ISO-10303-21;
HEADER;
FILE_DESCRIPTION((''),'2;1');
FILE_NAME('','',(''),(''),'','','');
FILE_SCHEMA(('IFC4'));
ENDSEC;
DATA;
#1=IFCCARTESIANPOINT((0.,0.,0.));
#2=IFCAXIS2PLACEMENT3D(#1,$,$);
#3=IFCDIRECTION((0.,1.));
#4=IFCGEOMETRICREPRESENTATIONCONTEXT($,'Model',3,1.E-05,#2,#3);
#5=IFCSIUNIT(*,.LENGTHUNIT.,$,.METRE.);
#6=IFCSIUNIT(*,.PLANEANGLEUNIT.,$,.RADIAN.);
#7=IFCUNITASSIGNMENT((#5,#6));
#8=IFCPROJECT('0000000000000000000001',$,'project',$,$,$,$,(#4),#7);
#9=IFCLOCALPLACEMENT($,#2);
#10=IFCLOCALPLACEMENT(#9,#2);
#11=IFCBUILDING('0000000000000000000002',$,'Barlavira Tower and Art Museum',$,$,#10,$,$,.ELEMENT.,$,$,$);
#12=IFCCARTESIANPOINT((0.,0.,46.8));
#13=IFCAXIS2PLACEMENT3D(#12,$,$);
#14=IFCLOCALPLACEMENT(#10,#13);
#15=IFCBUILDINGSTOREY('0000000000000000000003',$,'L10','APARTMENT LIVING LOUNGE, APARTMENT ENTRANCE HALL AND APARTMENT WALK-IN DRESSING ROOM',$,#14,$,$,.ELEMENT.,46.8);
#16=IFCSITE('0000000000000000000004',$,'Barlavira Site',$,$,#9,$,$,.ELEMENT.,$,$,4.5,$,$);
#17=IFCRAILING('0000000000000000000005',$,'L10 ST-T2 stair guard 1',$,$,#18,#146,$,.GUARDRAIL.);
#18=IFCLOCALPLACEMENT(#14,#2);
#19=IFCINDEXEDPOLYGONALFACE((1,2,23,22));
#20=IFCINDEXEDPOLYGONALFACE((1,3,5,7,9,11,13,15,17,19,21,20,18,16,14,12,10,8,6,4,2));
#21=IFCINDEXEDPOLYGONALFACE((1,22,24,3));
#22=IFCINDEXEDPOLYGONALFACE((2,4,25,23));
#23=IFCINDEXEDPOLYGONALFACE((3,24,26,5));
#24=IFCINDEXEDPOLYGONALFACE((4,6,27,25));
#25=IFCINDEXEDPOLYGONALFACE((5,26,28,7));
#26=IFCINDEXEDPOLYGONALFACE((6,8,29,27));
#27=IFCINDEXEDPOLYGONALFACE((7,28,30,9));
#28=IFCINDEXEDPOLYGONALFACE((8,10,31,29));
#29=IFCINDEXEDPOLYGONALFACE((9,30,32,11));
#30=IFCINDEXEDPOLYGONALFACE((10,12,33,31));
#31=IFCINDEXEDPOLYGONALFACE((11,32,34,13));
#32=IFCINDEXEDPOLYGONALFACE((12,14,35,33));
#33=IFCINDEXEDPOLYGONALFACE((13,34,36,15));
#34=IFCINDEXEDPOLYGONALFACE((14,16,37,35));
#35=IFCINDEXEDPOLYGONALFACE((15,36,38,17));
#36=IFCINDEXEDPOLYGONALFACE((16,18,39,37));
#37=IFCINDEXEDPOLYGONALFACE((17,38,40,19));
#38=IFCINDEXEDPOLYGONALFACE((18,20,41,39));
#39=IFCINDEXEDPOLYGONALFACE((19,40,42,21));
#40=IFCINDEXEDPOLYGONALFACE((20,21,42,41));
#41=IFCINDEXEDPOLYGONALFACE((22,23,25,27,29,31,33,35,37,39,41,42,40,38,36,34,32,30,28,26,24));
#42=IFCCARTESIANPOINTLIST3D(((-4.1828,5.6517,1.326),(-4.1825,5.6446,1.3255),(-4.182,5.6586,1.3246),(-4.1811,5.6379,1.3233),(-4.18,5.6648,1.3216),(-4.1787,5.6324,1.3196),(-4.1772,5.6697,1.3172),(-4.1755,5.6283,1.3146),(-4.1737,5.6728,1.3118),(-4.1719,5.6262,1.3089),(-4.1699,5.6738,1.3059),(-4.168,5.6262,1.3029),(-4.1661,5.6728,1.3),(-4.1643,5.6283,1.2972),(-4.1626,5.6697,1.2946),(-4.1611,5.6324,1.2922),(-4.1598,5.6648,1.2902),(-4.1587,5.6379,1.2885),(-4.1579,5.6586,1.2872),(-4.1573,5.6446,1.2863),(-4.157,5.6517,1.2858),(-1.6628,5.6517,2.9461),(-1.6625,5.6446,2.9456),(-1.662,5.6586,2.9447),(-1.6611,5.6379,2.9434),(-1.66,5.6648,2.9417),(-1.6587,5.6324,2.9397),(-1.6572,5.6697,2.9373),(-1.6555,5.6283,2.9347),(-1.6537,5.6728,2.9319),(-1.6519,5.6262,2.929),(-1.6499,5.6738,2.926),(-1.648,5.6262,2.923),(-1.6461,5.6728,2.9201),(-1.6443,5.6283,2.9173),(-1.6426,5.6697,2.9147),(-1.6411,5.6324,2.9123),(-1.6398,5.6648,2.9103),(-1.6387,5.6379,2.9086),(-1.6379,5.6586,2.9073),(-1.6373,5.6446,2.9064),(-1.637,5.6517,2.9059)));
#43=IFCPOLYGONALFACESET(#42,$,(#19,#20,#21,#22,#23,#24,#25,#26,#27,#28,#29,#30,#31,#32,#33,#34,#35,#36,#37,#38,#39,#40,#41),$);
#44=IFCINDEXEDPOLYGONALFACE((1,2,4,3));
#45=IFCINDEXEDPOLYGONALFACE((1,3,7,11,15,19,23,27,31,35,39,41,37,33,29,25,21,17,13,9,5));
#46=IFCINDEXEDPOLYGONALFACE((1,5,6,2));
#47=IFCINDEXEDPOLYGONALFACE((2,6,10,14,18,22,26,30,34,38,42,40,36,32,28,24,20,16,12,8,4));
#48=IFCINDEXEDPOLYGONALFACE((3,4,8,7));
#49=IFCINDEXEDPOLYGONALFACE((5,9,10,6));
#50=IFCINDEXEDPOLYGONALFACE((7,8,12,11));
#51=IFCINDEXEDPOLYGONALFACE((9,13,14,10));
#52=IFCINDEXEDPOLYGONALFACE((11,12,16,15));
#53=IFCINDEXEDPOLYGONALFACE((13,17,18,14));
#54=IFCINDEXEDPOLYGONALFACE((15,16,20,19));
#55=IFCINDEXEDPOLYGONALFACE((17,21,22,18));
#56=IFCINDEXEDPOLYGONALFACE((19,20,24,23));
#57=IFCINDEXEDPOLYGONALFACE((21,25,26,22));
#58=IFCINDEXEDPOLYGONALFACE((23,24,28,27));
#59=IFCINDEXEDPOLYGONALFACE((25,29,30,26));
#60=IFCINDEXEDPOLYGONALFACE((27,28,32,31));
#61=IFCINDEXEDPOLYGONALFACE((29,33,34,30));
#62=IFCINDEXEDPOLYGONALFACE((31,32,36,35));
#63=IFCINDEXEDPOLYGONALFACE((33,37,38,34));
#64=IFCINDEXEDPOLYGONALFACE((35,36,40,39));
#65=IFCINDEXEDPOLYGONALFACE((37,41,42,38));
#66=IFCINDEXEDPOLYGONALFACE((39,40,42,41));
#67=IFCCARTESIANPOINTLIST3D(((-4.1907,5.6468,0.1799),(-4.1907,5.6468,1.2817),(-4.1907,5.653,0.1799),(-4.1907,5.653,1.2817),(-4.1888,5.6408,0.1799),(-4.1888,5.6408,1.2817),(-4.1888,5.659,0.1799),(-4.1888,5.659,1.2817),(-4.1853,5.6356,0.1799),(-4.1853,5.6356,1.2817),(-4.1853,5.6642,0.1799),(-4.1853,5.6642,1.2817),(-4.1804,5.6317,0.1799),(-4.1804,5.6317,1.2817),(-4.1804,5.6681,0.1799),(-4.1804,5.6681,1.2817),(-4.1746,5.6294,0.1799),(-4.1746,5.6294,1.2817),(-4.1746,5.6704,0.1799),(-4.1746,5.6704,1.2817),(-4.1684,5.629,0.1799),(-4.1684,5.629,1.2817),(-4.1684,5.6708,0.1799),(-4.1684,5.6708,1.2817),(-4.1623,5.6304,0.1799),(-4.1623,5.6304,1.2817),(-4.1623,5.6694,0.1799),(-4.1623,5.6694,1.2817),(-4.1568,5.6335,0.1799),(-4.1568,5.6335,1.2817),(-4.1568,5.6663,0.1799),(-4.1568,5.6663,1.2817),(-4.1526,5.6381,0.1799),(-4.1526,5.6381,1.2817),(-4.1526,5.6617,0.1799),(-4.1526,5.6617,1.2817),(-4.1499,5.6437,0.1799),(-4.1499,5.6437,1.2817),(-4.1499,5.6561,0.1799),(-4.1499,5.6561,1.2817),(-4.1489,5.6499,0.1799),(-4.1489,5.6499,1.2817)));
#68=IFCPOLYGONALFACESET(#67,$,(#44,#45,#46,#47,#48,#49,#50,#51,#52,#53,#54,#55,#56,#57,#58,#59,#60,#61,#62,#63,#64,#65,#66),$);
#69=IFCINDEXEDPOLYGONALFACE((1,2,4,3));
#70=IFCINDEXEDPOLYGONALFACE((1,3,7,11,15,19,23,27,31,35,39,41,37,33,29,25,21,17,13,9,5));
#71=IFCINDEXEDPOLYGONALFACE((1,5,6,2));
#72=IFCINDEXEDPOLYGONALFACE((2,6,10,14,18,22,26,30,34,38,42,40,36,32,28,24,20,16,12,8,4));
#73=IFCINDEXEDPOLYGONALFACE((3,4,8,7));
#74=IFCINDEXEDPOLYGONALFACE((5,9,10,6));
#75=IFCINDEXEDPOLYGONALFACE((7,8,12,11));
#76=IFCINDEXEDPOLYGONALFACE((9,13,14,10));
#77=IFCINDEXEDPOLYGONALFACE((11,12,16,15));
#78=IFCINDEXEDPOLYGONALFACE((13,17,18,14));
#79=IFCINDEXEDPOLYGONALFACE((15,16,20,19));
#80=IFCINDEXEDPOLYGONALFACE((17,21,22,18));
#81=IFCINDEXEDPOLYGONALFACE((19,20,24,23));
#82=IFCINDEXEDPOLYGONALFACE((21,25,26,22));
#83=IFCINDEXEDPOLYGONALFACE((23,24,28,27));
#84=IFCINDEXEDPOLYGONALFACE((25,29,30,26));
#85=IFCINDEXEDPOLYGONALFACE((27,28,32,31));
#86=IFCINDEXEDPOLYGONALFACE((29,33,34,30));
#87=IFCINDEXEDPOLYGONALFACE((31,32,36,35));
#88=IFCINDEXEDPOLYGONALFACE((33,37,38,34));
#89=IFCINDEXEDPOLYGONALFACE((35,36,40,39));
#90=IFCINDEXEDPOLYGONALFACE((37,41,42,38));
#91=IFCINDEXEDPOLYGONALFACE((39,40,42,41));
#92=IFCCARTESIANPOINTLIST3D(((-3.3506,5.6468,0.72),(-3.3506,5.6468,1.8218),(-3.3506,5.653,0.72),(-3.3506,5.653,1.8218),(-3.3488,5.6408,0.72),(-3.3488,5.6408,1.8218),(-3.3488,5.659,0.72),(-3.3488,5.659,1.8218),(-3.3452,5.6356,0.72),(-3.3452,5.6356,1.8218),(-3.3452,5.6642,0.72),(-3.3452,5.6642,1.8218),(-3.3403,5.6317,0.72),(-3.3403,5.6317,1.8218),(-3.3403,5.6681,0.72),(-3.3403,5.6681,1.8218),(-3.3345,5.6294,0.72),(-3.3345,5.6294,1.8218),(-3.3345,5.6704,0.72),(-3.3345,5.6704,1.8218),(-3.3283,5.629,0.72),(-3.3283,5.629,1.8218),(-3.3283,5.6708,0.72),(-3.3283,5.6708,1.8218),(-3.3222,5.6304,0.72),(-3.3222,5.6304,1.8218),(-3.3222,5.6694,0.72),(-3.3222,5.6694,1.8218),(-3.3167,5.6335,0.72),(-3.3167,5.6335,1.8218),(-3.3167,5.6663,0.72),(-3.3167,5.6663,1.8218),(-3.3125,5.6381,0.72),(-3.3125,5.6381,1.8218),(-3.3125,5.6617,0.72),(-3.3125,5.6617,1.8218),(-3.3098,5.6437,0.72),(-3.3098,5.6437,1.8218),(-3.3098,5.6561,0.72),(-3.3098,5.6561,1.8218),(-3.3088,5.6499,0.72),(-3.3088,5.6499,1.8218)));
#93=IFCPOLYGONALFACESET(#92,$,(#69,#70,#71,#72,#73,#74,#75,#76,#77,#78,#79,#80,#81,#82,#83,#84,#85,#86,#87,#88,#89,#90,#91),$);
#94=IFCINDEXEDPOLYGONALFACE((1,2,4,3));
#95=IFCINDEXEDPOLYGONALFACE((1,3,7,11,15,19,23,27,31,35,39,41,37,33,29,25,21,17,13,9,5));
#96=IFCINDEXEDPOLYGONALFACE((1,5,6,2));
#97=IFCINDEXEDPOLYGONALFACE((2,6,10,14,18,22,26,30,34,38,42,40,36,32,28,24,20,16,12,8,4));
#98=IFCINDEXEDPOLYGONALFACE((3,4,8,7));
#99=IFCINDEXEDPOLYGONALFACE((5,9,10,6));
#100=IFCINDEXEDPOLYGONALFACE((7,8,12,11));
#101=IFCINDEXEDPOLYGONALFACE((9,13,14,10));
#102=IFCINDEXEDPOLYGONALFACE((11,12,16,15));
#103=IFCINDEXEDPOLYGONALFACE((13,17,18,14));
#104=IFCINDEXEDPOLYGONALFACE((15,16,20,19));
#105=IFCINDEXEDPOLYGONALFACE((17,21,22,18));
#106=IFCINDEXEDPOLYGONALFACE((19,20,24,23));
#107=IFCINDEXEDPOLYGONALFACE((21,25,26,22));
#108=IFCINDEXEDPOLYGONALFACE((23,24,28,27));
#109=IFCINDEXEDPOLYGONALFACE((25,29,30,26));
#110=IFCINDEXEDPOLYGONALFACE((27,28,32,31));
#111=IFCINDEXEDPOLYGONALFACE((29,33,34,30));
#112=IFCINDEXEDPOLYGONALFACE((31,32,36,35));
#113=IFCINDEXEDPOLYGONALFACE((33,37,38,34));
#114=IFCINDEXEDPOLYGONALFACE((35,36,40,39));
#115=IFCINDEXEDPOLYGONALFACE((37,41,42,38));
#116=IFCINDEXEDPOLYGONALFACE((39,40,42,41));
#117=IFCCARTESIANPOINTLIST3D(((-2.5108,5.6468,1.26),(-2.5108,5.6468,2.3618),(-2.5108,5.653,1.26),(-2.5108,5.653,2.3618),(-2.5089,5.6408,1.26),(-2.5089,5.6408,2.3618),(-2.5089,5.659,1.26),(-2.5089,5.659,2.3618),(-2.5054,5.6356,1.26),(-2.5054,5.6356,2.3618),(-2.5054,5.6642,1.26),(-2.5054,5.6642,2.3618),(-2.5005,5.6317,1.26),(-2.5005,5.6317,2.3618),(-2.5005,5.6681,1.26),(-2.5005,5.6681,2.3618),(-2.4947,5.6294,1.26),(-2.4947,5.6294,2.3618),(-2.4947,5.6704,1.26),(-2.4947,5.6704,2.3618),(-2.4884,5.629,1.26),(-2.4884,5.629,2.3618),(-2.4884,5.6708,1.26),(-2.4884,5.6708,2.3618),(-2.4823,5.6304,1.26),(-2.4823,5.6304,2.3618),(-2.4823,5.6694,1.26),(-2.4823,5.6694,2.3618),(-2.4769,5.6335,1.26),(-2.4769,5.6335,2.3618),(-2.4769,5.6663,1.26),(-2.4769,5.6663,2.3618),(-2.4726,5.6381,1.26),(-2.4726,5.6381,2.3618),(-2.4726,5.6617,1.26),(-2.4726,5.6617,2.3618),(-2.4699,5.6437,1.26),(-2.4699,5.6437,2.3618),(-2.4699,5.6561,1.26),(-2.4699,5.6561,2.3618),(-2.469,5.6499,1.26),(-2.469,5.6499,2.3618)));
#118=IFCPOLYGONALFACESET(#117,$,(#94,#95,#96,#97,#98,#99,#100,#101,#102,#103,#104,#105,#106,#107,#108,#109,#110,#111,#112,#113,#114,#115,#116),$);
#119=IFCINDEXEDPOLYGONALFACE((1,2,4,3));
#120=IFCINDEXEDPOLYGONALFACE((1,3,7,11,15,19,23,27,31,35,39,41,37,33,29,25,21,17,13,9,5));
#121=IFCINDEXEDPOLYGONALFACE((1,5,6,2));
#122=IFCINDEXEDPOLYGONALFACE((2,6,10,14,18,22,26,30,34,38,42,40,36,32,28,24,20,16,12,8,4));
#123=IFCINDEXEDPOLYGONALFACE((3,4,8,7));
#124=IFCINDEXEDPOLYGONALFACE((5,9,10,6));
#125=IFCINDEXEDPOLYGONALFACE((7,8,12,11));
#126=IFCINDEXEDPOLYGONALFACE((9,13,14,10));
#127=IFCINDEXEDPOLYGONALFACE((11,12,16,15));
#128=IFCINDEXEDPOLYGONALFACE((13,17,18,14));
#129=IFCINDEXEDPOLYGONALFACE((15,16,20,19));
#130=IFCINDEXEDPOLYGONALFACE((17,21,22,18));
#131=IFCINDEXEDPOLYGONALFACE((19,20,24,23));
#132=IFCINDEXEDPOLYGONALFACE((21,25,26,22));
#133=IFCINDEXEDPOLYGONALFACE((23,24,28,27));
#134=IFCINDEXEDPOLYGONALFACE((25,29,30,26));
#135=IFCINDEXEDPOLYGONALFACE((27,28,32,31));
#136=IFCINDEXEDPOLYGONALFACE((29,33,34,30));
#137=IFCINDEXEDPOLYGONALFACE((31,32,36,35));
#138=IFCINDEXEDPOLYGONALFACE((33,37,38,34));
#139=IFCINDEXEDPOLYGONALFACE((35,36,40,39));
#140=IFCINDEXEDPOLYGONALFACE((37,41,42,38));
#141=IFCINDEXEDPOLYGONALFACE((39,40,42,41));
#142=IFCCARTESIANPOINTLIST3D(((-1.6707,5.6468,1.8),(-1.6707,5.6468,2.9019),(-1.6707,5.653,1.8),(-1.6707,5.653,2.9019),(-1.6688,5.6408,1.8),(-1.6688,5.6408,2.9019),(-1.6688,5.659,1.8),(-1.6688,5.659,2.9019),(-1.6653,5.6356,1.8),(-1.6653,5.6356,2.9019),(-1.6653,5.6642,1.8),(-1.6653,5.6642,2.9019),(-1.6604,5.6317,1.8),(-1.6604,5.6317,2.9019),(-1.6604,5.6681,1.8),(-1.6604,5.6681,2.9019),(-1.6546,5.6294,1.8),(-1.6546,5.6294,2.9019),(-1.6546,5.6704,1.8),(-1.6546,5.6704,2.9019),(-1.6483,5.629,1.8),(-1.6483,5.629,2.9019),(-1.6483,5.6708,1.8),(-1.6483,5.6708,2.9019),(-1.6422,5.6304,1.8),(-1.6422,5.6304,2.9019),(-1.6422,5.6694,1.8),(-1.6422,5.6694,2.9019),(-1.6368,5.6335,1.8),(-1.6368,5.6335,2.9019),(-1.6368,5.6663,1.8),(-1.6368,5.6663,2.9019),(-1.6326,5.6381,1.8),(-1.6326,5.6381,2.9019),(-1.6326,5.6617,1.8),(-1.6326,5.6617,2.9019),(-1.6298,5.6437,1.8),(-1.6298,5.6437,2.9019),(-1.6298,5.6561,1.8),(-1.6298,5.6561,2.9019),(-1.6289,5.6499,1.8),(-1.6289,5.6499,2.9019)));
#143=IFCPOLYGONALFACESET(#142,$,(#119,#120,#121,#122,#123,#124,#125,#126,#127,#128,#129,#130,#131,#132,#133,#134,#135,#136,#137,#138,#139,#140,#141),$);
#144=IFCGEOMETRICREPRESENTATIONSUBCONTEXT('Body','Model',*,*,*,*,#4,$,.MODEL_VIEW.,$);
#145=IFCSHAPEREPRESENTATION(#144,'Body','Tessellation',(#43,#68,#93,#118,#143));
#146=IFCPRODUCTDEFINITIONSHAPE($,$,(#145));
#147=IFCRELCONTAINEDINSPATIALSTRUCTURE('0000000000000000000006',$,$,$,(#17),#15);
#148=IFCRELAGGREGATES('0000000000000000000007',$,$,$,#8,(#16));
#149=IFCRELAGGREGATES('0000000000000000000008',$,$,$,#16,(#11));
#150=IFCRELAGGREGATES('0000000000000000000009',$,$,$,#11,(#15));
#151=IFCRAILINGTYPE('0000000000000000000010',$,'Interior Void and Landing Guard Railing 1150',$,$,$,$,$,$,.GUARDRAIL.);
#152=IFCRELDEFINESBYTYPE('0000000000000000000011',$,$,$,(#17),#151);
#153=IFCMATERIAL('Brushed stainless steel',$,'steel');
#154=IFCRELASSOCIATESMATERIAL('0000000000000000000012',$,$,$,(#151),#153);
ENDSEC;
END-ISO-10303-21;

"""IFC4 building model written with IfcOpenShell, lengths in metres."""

from ifc_helpers import new_model, si_unit, direction, frame, origin, origin_2d, place, context, subcontext, project, spatial, circle, extrude, material, type_object, element, save


model = new_model("IFC4")

# Units and contexts
model_context = context("Model", 3, precision=1e-05, world=origin(), true_north=direction((0.0, 1.0)))
body_context = subcontext(model_context, "Body", "Model", "MODEL_VIEW")
ifc_project = project(units=[si_unit("LENGTHUNIT", "METRE"), si_unit("PLANEANGLEUNIT", "RADIAN")], contexts=[model_context])

# Site, building, storey
site_placement = place(None, origin())
site = spatial("IfcSite", under=ifc_project, at=site_placement, Name="Barlavira Site", CompositionType="ELEMENT", RefElevation=4.5)
building_placement = place(site_placement, origin())
building = spatial("IfcBuilding", under=site, at=building_placement, Name="Barlavira Tower and Art Museum", CompositionType="ELEMENT")
storey_placement = place(building_placement, frame((0.0, 0.0, 46.8)))
storey = spatial("IfcBuildingStorey", under=building, at=storey_placement, Name="L10", Description="APARTMENT LIVING LOUNGE, APARTMENT ENTRANCE HALL AND APARTMENT WALK-IN DRESSING ROOM", CompositionType="ELEMENT", Elevation=46.8)

# Shared definitions
ifc_material_1 = material(Name="Brushed stainless steel", Category="steel")

# Railing
railing_type_1 = type_object("IfcRailingType", Name="Interior Void and Landing Guard Railing 1150", PredefinedType="GUARDRAIL", material=ifc_material_1)
railing_1_placement = place(storey_placement, frame((-4.1699, 5.6499, 0.1799)))
element("IfcRailing", 1, at=railing_1_placement, inside=storey, type_object=railing_type_1, Name="L10 ST-T2 stair guard 1", PredefinedType="GUARDRAIL", context=body_context, shape_type="SweptSolid", body=[
    extrude(circle(Radius=0.0239, at=origin_2d()), frame((0.0, 0.0, 1.126), z_axis=(0.841163, 0.0, 0.540782), x_axis=(0.0, 1.0, 0.0)), (0.0, 0.0, 1.0), 2.9958),
    extrude(circle(Radius=0.021, at=origin_2d()), origin(), (0.0, 0.0, 1.0), 1.1018),
    extrude(circle(Radius=0.021, at=origin_2d()), frame((0.8401, 0.0, 0.54)), (0.0, 0.0, 1.0), 1.1018),
    extrude(circle(Radius=0.021, at=origin_2d()), frame((1.6799, 0.0, 1.0801)), (0.0, 0.0, 1.0), 1.1018),
    extrude(circle(Radius=0.021, at=origin_2d()), frame((2.52, 0.0, 1.6201)), (0.0, 0.0, 1.0), 1.1018),
])

save(model, "model.ifc")
